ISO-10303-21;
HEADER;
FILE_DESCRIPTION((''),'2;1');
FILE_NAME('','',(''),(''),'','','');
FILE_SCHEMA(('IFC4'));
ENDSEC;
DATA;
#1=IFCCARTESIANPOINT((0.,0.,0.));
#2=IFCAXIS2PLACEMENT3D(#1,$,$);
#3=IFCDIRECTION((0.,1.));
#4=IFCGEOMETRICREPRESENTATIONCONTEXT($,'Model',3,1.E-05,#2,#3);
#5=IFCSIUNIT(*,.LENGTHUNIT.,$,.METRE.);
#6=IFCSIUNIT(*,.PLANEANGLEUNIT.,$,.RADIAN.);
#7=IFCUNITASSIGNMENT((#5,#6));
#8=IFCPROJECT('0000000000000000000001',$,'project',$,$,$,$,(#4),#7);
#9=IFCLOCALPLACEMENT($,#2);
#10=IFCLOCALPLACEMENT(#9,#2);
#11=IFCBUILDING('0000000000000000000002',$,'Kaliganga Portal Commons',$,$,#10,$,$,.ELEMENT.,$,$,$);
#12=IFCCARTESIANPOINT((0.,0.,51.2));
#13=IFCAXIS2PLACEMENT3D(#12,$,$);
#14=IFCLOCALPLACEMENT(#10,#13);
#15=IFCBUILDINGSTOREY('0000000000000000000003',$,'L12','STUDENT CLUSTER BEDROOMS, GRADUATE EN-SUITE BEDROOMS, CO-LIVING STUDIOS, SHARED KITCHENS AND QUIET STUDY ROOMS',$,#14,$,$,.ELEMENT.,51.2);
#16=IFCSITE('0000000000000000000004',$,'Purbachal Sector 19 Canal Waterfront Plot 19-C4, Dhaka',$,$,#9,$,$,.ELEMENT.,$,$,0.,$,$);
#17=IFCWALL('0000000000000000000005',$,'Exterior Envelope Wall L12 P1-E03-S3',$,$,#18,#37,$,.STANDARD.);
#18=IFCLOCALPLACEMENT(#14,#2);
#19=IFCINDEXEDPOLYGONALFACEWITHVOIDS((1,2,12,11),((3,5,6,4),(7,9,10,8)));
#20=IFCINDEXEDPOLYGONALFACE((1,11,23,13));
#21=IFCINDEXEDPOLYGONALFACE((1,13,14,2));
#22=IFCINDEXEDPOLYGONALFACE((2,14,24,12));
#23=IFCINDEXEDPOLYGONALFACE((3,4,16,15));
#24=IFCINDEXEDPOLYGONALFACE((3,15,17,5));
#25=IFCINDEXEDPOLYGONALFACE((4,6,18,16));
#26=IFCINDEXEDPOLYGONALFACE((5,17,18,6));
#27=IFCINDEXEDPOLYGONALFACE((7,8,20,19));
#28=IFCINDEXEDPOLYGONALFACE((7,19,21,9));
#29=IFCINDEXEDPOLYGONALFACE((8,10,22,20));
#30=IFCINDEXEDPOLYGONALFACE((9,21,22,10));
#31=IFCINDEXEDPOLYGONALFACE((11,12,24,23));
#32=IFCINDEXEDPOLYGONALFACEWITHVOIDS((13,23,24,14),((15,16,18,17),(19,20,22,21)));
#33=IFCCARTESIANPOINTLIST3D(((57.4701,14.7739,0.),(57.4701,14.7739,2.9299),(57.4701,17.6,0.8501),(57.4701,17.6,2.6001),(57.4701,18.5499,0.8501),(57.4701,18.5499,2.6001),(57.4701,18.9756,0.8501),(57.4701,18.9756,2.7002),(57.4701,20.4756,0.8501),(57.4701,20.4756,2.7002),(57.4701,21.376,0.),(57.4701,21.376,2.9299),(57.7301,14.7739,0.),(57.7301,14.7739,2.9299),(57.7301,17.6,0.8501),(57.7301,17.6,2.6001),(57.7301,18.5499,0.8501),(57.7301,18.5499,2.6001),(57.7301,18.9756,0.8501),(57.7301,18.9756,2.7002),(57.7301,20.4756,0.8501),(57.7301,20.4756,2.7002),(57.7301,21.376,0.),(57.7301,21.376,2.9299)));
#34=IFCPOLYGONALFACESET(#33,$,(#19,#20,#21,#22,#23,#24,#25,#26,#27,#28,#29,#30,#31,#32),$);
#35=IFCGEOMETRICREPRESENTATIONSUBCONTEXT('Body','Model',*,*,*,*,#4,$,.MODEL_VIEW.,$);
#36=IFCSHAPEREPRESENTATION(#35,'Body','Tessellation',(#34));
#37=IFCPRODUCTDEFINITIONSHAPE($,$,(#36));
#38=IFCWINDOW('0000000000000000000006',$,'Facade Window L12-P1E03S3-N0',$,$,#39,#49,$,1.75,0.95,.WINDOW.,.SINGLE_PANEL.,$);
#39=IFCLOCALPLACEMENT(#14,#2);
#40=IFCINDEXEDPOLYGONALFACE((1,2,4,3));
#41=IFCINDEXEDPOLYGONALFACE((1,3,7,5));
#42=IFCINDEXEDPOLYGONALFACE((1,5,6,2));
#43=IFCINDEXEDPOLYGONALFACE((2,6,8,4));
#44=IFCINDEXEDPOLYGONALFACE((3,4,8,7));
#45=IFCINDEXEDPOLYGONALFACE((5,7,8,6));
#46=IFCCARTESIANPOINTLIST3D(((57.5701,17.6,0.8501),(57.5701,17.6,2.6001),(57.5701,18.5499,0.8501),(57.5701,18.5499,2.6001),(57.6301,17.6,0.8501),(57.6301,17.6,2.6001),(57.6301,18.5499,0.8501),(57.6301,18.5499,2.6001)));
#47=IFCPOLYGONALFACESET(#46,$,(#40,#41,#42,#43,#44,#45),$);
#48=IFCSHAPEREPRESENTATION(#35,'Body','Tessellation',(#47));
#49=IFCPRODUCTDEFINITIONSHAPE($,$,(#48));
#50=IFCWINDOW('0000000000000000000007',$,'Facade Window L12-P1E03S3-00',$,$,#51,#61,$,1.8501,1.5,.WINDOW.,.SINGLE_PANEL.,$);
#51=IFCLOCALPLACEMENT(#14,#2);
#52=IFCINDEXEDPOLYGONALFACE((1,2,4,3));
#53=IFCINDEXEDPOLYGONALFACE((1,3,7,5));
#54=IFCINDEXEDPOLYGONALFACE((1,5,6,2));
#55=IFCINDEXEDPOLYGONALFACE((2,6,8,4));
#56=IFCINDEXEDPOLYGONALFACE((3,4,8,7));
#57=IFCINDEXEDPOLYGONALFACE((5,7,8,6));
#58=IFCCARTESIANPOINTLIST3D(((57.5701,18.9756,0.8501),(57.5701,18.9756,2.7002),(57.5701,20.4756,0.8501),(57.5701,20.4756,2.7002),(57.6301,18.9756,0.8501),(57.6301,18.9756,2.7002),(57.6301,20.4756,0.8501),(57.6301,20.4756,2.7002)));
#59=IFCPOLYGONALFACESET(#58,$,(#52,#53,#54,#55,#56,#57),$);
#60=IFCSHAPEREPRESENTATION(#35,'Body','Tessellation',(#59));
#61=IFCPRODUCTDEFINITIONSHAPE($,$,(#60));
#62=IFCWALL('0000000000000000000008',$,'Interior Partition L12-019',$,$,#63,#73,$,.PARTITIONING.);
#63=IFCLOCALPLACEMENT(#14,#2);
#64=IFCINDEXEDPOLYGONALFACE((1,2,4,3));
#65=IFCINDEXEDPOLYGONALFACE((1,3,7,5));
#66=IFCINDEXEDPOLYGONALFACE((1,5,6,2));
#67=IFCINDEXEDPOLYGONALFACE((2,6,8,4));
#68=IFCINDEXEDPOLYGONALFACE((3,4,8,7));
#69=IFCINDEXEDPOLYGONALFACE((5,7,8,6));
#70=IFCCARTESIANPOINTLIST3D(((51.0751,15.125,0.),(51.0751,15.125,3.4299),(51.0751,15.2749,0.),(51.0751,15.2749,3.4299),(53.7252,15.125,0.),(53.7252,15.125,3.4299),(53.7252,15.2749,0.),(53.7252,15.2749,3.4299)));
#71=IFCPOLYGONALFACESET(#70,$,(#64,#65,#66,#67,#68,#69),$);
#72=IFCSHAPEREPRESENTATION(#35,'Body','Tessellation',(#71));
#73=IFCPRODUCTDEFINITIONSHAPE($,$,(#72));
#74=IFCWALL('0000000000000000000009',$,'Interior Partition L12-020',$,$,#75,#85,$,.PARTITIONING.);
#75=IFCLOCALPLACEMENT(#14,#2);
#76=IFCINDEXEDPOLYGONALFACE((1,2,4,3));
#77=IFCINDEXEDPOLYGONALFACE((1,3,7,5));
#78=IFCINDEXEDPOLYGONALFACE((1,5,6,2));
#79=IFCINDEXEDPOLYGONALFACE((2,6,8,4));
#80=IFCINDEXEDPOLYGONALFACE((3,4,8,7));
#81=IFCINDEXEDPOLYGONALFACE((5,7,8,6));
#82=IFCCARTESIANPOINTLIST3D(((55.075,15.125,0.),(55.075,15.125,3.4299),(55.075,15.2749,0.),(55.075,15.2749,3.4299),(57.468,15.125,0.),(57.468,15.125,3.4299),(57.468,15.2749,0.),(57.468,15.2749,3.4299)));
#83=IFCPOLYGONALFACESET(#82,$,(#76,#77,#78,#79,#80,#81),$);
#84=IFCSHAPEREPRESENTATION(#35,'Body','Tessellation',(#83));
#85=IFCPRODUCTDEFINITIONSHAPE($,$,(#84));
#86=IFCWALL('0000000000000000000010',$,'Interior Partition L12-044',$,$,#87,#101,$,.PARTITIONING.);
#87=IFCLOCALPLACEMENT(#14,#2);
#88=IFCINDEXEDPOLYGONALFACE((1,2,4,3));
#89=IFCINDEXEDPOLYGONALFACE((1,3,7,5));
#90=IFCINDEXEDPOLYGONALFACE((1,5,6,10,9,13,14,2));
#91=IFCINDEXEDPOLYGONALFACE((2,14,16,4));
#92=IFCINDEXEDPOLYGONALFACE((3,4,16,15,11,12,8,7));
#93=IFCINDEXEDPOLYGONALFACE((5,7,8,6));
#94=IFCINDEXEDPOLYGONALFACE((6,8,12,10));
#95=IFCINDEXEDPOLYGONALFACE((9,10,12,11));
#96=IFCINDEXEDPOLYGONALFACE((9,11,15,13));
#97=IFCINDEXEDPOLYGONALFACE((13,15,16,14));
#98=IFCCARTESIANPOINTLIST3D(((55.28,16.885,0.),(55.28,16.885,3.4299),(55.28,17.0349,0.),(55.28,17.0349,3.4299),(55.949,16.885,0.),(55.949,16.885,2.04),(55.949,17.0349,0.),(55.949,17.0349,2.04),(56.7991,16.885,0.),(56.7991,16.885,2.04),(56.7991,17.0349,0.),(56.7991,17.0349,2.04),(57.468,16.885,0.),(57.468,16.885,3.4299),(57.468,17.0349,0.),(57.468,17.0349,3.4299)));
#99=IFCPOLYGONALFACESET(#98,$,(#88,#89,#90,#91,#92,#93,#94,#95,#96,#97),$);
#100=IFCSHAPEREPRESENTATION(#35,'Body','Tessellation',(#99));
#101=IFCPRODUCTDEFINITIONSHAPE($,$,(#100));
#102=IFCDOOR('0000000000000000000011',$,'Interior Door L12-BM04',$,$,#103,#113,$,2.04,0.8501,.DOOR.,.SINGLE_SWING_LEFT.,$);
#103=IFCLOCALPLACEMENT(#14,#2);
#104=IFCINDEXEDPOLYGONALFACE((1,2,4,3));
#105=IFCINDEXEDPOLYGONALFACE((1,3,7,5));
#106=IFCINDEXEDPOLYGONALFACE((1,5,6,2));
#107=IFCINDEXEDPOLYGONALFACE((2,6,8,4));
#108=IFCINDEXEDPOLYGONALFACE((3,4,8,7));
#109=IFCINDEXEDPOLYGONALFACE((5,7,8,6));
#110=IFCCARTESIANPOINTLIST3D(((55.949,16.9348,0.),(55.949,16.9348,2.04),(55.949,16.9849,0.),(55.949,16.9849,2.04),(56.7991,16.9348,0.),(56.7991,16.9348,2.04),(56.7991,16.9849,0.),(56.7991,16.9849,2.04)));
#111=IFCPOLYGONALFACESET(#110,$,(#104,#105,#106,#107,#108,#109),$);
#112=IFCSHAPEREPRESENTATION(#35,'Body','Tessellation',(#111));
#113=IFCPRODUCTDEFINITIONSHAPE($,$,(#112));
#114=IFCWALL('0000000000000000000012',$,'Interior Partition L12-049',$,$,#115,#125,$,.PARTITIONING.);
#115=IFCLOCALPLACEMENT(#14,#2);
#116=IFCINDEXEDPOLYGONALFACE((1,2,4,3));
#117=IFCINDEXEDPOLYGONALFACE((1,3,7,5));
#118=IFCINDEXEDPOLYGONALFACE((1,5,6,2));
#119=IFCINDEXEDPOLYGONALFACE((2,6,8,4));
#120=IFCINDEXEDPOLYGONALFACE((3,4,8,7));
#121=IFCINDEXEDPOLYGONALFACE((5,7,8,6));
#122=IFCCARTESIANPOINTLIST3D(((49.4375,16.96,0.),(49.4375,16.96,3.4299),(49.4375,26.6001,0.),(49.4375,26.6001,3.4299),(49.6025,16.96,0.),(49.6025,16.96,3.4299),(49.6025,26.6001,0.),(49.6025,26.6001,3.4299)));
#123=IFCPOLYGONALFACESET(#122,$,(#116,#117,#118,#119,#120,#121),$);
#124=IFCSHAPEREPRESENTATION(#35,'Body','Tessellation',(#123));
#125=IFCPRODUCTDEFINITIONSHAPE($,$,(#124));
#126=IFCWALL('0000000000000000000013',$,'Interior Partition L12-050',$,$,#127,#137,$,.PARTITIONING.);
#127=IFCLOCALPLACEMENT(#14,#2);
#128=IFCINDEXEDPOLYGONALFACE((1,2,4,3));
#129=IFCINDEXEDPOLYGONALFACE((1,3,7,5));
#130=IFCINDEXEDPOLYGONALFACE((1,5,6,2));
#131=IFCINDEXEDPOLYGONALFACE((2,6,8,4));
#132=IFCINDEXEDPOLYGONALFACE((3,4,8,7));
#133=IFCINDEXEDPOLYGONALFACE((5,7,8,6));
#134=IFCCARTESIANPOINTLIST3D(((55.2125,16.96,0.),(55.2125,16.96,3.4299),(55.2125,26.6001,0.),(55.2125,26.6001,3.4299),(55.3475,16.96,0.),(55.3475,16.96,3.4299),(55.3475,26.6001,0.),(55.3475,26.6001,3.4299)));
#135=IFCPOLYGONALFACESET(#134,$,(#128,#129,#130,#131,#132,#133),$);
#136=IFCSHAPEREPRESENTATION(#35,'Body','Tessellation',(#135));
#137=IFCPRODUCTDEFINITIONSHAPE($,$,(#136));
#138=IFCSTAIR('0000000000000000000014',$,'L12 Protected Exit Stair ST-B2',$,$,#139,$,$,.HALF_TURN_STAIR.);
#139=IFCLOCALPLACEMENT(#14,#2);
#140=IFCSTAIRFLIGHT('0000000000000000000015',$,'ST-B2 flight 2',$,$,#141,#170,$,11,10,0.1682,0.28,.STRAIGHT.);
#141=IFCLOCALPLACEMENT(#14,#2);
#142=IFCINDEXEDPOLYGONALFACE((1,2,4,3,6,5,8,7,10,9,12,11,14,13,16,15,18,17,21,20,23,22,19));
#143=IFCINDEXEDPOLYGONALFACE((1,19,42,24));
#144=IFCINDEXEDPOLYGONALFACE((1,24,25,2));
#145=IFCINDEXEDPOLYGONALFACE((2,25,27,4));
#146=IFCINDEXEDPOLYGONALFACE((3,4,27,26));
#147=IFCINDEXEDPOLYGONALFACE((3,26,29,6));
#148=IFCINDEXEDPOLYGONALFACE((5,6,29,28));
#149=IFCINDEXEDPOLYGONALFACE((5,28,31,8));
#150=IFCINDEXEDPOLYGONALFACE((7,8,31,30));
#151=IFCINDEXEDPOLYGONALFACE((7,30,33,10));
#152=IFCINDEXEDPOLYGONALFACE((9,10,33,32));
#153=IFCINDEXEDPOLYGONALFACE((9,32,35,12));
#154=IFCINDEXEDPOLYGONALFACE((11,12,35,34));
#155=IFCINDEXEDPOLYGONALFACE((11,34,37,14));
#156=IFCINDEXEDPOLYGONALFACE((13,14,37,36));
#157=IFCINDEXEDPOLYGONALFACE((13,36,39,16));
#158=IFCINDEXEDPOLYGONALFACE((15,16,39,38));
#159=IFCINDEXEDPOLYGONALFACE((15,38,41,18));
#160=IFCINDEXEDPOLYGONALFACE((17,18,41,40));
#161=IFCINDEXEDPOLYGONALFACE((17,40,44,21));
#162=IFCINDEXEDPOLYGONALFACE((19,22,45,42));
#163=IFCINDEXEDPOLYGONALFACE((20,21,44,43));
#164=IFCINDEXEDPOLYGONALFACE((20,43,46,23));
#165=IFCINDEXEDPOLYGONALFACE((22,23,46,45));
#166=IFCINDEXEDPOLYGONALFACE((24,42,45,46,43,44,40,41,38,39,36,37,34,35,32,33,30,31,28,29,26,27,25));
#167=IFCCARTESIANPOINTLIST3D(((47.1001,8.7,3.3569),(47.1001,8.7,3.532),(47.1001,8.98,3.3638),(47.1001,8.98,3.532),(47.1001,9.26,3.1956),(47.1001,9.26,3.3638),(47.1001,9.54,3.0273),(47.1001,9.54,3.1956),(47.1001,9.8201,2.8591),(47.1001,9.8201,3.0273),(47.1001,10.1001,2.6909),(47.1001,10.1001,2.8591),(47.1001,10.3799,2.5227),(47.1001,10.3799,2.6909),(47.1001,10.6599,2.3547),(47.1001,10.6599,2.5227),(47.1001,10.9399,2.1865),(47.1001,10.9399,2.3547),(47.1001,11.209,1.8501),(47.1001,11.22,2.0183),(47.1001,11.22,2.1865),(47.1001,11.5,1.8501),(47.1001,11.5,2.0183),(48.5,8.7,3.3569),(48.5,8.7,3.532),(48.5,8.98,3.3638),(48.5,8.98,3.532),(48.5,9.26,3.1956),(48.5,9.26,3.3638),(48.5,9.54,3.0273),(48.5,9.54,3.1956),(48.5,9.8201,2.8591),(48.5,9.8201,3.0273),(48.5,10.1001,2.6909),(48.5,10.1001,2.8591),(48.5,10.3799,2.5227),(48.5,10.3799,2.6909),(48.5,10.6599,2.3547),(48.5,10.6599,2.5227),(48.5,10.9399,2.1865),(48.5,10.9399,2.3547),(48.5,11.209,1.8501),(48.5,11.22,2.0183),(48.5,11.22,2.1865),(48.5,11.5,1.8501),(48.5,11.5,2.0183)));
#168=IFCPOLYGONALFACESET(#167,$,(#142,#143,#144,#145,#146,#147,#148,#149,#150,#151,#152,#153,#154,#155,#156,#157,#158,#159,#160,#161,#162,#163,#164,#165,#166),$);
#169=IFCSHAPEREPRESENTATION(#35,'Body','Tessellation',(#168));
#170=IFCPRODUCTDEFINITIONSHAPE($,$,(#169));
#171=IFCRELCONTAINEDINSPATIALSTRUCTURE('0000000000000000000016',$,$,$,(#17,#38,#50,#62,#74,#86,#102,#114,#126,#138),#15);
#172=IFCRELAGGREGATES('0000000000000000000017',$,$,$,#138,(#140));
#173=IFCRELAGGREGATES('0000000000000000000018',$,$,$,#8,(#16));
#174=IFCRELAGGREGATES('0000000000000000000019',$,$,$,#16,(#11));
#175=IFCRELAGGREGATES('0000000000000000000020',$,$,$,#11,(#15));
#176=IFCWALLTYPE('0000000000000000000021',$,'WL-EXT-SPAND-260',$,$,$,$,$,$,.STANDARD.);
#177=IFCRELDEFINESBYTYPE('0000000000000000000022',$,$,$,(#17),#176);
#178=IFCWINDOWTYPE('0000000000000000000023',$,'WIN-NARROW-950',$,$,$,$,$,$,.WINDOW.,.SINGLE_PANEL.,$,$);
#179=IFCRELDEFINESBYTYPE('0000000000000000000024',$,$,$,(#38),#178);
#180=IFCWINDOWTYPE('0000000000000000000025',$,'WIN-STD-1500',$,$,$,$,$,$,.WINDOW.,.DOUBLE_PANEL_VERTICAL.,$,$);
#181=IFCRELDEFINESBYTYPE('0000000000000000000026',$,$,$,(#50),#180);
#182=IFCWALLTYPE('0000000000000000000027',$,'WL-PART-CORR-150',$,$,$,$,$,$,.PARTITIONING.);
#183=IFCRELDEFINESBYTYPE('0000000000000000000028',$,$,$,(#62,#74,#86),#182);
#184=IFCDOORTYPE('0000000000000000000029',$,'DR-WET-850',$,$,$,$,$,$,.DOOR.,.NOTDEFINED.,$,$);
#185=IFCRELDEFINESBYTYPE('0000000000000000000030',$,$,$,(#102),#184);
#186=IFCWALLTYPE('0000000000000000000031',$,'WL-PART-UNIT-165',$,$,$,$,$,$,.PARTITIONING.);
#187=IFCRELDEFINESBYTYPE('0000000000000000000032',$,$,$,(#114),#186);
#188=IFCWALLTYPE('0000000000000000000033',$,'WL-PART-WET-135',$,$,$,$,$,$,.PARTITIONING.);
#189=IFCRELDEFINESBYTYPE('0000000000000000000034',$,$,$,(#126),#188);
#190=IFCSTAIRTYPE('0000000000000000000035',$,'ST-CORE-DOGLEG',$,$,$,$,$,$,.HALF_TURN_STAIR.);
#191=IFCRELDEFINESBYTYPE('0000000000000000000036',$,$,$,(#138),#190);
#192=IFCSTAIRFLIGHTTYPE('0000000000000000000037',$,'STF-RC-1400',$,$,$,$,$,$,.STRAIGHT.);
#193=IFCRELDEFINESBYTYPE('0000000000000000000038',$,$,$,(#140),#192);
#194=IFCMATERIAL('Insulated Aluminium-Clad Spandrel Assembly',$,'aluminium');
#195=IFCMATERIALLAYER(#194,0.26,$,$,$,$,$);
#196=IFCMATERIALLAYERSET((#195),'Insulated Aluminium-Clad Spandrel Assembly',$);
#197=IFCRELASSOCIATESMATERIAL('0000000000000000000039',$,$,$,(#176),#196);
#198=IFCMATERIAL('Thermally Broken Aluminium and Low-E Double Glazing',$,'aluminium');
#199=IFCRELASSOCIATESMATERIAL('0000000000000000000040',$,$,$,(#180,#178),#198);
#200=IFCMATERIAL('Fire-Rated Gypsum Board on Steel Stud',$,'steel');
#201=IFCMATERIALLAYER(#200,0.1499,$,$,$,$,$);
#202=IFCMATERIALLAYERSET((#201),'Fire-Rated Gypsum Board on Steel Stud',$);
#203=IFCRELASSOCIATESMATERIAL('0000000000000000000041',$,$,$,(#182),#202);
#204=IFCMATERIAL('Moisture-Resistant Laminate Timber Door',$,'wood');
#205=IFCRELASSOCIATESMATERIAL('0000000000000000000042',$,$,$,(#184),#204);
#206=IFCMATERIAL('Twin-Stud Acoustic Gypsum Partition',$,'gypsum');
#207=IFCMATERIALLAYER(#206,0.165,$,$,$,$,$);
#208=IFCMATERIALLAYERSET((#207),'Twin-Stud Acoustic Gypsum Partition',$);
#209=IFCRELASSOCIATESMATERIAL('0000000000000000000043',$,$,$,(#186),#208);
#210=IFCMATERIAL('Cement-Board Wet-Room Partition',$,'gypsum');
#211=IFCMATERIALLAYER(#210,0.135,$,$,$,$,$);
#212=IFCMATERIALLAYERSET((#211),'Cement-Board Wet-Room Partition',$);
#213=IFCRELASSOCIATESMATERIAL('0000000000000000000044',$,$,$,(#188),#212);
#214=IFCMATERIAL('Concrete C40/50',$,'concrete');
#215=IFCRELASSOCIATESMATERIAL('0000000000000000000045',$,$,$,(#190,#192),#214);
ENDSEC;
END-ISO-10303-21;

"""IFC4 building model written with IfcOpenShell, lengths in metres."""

from ifc_helpers import new_model, si_unit, direction, frame, frame_2d, origin, place, context, subcontext, project, spatial, polyline, rectangle, outline, extrude, material, layer, layer_set, type_object, element, fill, aggregate, save


model = new_model("IFC4")

# Units and contexts
model_context = context("Model", 3, precision=1e-05, world=origin(), true_north=direction((0.0, 1.0)))
body_context = subcontext(model_context, "Body", "Model", "MODEL_VIEW")
ifc_project = project(units=[si_unit("LENGTHUNIT", "METRE"), si_unit("PLANEANGLEUNIT", "RADIAN")], contexts=[model_context])

# Site, building, storey
site_placement = place(None, origin())
site = spatial("IfcSite", under=ifc_project, at=site_placement, Name="Purbachal Sector 19 Canal Waterfront Plot 19-C4, Dhaka", CompositionType="ELEMENT", RefElevation=0.0)
building_placement = place(site_placement, origin())
building = spatial("IfcBuilding", under=site, at=building_placement, Name="Kaliganga Portal Commons", CompositionType="ELEMENT")
storey_placement = place(building_placement, frame((0.0, 0.0, 51.2)))
storey = spatial("IfcBuildingStorey", under=building, at=storey_placement, Name="L12", Description="STUDENT CLUSTER BEDROOMS, GRADUATE EN-SUITE BEDROOMS, CO-LIVING STUDIOS, SHARED KITCHENS AND QUIET STUDY ROOMS", CompositionType="ELEMENT", Elevation=51.2)

# Shared definitions
ifc_material_1 = material(Name="Insulated Aluminium-Clad Spandrel Assembly", Category="aluminium")
ifc_layer_1 = layer(ifc_material_1, 0.26)
ifc_layer_set_1 = layer_set([ifc_layer_1], Name="Insulated Aluminium-Clad Spandrel Assembly")
wall_type_1 = type_object("IfcWallType", Name="WL-EXT-SPAND-260", PredefinedType="STANDARD", material=ifc_layer_set_1)
ifc_material_2 = material(Name="Thermally Broken Aluminium and Low-E Double Glazing", Category="aluminium")
window_type_1 = type_object("IfcWindowType", Name="WIN-STD-1500", PartitioningType="DOUBLE_PANEL_VERTICAL", PredefinedType="WINDOW", material=ifc_material_2)

# Wall, openings, windows
wall_1_placement = place(storey_placement, frame((57.6001, 21.376, 0.0), z_axis=(0.0, 0.0, 1.0), x_axis=(0.0, -1.0, 0.0)))
wall_1 = element("IfcWall", 1, at=wall_1_placement, inside=storey, type_object=wall_type_1, Name="Exterior Envelope Wall L12 P1-E03-S3", PredefinedType="STANDARD", context=body_context, shape_type="SweptSolid", body=[
    extrude(rectangle(XDim=6.6021, YDim=0.26, at=frame_2d((3.301, 0.0))), origin(), (0.0, 0.0, 1.0), 2.9299),
])
opening_1_placement = place(wall_1_placement, frame((0.9004, 0.0, 0.8501)))
opening_1 = element("IfcOpeningElement", 2, at=opening_1_placement, cuts=wall_1, PredefinedType="OPENING", context=body_context, shape_type="SweptSolid", body=[
    extrude(rectangle(XDim=1.5, YDim=1.8501, at=frame_2d((0.75, 0.925))), frame((0.0, 0.1401, 0.0), z_axis=(0.0, -1.0, 0.0), x_axis=(1.0, 0.0, 0.0)), (0.0, 0.0, 1.0), 0.28),
])
opening_2_placement = place(wall_1_placement, frame((2.8259, 0.0, 0.8501)))
opening_2 = element("IfcOpeningElement", 3, at=opening_2_placement, cuts=wall_1, PredefinedType="OPENING", context=body_context, shape_type="SweptSolid", body=[
    extrude(rectangle(XDim=0.95, YDim=1.75, at=frame_2d((0.4751, 0.875))), frame((0.0, 0.1401, 0.0), z_axis=(0.0, -1.0, 0.0), x_axis=(1.0, 0.0, 0.0)), (0.0, 0.0, 1.0), 0.28),
])
window_type_2 = type_object("IfcWindowType", Name="WIN-NARROW-950", PartitioningType="SINGLE_PANEL", PredefinedType="WINDOW", material=ifc_material_2)
window_1_placement = place(opening_2_placement, origin())
window_1 = element("IfcWindow", 4, at=window_1_placement, inside=storey, type_object=window_type_2, Name="Facade Window L12-P1E03S3-N0", OverallHeight=1.75, OverallWidth=0.95, PartitioningType="SINGLE_PANEL", PredefinedType="WINDOW", context=body_context, shape_type="SweptSolid", body=[
    extrude(rectangle(XDim=0.95, YDim=1.75, at=frame_2d((0.4751, 0.875))), frame((0.0, 0.03, 0.0), z_axis=(0.0, -1.0, 0.0), x_axis=(1.0, 0.0, 0.0)), (0.0, 0.0, 1.0), 0.0601),
])
fill(opening_2, window_1)
window_2_placement = place(opening_1_placement, origin())
window_2 = element("IfcWindow", 5, at=window_2_placement, inside=storey, type_object=window_type_1, Name="Facade Window L12-P1E03S3-00", OverallHeight=1.8501, OverallWidth=1.5, PartitioningType="SINGLE_PANEL", PredefinedType="WINDOW", context=body_context, shape_type="SweptSolid", body=[
    extrude(rectangle(XDim=1.5, YDim=1.8501, at=frame_2d((0.75, 0.925))), frame((0.0, 0.03, 0.0), z_axis=(0.0, -1.0, 0.0), x_axis=(1.0, 0.0, 0.0)), (0.0, 0.0, 1.0), 0.0601),
])
fill(opening_1, window_2)

# Walls
ifc_material_3 = material(Name="Fire-Rated Gypsum Board on Steel Stud", Category="steel")
ifc_layer_2 = layer(ifc_material_3, 0.1499)
ifc_layer_set_2 = layer_set([ifc_layer_2], Name="Fire-Rated Gypsum Board on Steel Stud")
wall_type_2 = type_object("IfcWallType", Name="WL-PART-CORR-150", PredefinedType="PARTITIONING", material=ifc_layer_set_2)
wall_2_placement = place(storey_placement, frame((51.075, 15.2, 0.0), z_axis=(0.0, 0.0, 1.0), x_axis=(1.0, 0.0, 0.0)))
element("IfcWall", 6, at=wall_2_placement, inside=storey, type_object=wall_type_2, Name="Interior Partition L12-019", PredefinedType="PARTITIONING", context=body_context, shape_type="SweptSolid", body=[
    extrude(rectangle(XDim=2.6501, YDim=0.1499, at=frame_2d((1.3252, 0.0))), origin(), (0.0, 0.0, 1.0), 3.4299),
])
wall_3_placement = place(storey_placement, frame((55.075, 15.2, 0.0), z_axis=(0.0, 0.0, 1.0), x_axis=(1.0, 0.0, 0.0)))
element("IfcWall", 7, at=wall_3_placement, inside=storey, type_object=wall_type_2, Name="Interior Partition L12-020", PredefinedType="PARTITIONING", context=body_context, shape_type="SweptSolid", body=[
    extrude(rectangle(XDim=2.3931, YDim=0.1499, at=frame_2d((1.1965, 0.0))), origin(), (0.0, 0.0, 1.0), 3.4299),
])

# Wall, opening, door
wall_4_placement = place(storey_placement, frame((55.28, 16.96, 0.0), z_axis=(0.0, 0.0, 1.0), x_axis=(1.0, 0.0, 0.0)))
wall_4 = element("IfcWall", 8, at=wall_4_placement, inside=storey, type_object=wall_type_2, Name="Interior Partition L12-044", PredefinedType="PARTITIONING", context=body_context, shape_type="SweptSolid", body=[
    extrude(rectangle(XDim=2.188, YDim=0.1499, at=frame_2d((1.094, 0.0))), origin(), (0.0, 0.0, 1.0), 3.4299),
])
opening_3_placement = place(wall_4_placement, frame((0.6689, 0.0, 0.0)))
opening_3 = element("IfcOpeningElement", 9, at=opening_3_placement, cuts=wall_4, PredefinedType="OPENING", context=body_context, shape_type="SweptSolid", body=[
    extrude(rectangle(XDim=0.8501, YDim=2.04, at=frame_2d((0.425, 1.02))), frame((0.0, 0.085, 0.0), z_axis=(0.0, -1.0, 0.0), x_axis=(1.0, 0.0, 0.0)), (0.0, 0.0, 1.0), 0.1699),
])
ifc_material_4 = material(Name="Moisture-Resistant Laminate Timber Door", Category="wood")
door_type_1 = type_object("IfcDoorType", Name="DR-WET-850", OperationType="NOTDEFINED", PredefinedType="DOOR", material=ifc_material_4)
door_1_placement = place(opening_3_placement, origin())
door_1 = element("IfcDoor", 10, at=door_1_placement, inside=storey, type_object=door_type_1, Name="Interior Door L12-BM04", OperationType="SINGLE_SWING_LEFT", OverallHeight=2.04, OverallWidth=0.8501, PredefinedType="DOOR", context=body_context, shape_type="SweptSolid", body=[
    extrude(rectangle(XDim=0.8501, YDim=2.04, at=frame_2d((0.425, 1.02))), frame((0.0, 0.0249, 0.0), z_axis=(0.0, -1.0, 0.0), x_axis=(1.0, 0.0, 0.0)), (0.0, 0.0, 1.0), 0.05),
])
fill(opening_3, door_1)

# Walls
ifc_material_5 = material(Name="Twin-Stud Acoustic Gypsum Partition", Category="gypsum")
ifc_layer_3 = layer(ifc_material_5, 0.165)
ifc_layer_set_3 = layer_set([ifc_layer_3], Name="Twin-Stud Acoustic Gypsum Partition")
wall_type_3 = type_object("IfcWallType", Name="WL-PART-UNIT-165", PredefinedType="PARTITIONING", material=ifc_layer_set_3)
wall_5_placement = place(storey_placement, frame((49.52, 16.96, 0.0), z_axis=(0.0, 0.0, 1.0), x_axis=(0.0, 1.0, 0.0)))
element("IfcWall", 11, at=wall_5_placement, inside=storey, type_object=wall_type_3, Name="Interior Partition L12-049", PredefinedType="PARTITIONING", context=body_context, shape_type="SweptSolid", body=[
    extrude(rectangle(XDim=9.6401, YDim=0.165, at=frame_2d((4.8201, 0.0))), origin(), (0.0, 0.0, 1.0), 3.4299),
])
ifc_material_6 = material(Name="Cement-Board Wet-Room Partition", Category="gypsum")
ifc_layer_4 = layer(ifc_material_6, 0.135)
ifc_layer_set_4 = layer_set([ifc_layer_4], Name="Cement-Board Wet-Room Partition")
wall_type_4 = type_object("IfcWallType", Name="WL-PART-WET-135", PredefinedType="PARTITIONING", material=ifc_layer_set_4)
wall_6_placement = place(storey_placement, frame((55.28, 16.96, 0.0), z_axis=(0.0, 0.0, 1.0), x_axis=(0.0, 1.0, 0.0)))
element("IfcWall", 12, at=wall_6_placement, inside=storey, type_object=wall_type_4, Name="Interior Partition L12-050", PredefinedType="PARTITIONING", context=body_context, shape_type="SweptSolid", body=[
    extrude(rectangle(XDim=9.6401, YDim=0.135, at=frame_2d((4.8201, 0.0))), origin(), (0.0, 0.0, 1.0), 3.4299),
])

# Stair, stair flight
ifc_material_7 = material(Name="Concrete C40/50", Category="concrete")
stair_type = type_object("IfcStairType", Name="ST-CORE-DOGLEG", PredefinedType="HALF_TURN_STAIR", material=ifc_material_7)
stair_placement = place(storey_placement, origin())
stair = element("IfcStair", 13, at=stair_placement, inside=storey, type_object=stair_type, Name="L12 Protected Exit Stair ST-B2", PredefinedType="HALF_TURN_STAIR")
stair_flight_type = type_object("IfcStairFlightType", Name="STF-RC-1400", PredefinedType="STRAIGHT", material=ifc_material_7)
stair_flight_placement = place(storey_placement, frame((47.8, 11.5, 1.8501), z_axis=(0.0, 0.0, 1.0), x_axis=(0.0, -1.0, 0.0)))
stair_flight = element("IfcStairFlight", 14, at=stair_flight_placement, type_object=stair_flight_type, Name="ST-B2 flight 2", NumberOfRisers=11, NumberOfTreads=10, PredefinedType="STRAIGHT", RiserHeight=0.1682, TreadLength=0.28, context=body_context, shape_type="SweptSolid", body=[
    extrude(outline(polyline([(0.0, 0.0), (0.0, 0.1682), (0.28, 0.1682), (0.28, 0.3364), (0.5601, 0.3364), (0.5601, 0.5046), (0.8401, 0.5046), (0.8401, 0.6726), (1.1201, 0.6726), (1.1201, 0.8408), (1.3999, 0.8408), (1.3999, 1.009), (1.6799, 1.009), (1.6799, 1.1772), (1.96, 1.1772), (1.96, 1.3455), (2.24, 1.3455), (2.24, 1.5137), (2.52, 1.5137), (2.52, 1.6819), (2.8, 1.6819), (2.8, 1.8501), (2.8, 1.5068), (0.291, 0.0), (0.0, 0.0)])), frame((0.0, 0.7, 0.0), z_axis=(0.0, -1.0, 0.0), x_axis=(1.0, 0.0, 0.0)), (0.0, 0.0, 1.0), 1.3999),
])
aggregate(stair, [stair_flight])

save(model, "model.ifc")
